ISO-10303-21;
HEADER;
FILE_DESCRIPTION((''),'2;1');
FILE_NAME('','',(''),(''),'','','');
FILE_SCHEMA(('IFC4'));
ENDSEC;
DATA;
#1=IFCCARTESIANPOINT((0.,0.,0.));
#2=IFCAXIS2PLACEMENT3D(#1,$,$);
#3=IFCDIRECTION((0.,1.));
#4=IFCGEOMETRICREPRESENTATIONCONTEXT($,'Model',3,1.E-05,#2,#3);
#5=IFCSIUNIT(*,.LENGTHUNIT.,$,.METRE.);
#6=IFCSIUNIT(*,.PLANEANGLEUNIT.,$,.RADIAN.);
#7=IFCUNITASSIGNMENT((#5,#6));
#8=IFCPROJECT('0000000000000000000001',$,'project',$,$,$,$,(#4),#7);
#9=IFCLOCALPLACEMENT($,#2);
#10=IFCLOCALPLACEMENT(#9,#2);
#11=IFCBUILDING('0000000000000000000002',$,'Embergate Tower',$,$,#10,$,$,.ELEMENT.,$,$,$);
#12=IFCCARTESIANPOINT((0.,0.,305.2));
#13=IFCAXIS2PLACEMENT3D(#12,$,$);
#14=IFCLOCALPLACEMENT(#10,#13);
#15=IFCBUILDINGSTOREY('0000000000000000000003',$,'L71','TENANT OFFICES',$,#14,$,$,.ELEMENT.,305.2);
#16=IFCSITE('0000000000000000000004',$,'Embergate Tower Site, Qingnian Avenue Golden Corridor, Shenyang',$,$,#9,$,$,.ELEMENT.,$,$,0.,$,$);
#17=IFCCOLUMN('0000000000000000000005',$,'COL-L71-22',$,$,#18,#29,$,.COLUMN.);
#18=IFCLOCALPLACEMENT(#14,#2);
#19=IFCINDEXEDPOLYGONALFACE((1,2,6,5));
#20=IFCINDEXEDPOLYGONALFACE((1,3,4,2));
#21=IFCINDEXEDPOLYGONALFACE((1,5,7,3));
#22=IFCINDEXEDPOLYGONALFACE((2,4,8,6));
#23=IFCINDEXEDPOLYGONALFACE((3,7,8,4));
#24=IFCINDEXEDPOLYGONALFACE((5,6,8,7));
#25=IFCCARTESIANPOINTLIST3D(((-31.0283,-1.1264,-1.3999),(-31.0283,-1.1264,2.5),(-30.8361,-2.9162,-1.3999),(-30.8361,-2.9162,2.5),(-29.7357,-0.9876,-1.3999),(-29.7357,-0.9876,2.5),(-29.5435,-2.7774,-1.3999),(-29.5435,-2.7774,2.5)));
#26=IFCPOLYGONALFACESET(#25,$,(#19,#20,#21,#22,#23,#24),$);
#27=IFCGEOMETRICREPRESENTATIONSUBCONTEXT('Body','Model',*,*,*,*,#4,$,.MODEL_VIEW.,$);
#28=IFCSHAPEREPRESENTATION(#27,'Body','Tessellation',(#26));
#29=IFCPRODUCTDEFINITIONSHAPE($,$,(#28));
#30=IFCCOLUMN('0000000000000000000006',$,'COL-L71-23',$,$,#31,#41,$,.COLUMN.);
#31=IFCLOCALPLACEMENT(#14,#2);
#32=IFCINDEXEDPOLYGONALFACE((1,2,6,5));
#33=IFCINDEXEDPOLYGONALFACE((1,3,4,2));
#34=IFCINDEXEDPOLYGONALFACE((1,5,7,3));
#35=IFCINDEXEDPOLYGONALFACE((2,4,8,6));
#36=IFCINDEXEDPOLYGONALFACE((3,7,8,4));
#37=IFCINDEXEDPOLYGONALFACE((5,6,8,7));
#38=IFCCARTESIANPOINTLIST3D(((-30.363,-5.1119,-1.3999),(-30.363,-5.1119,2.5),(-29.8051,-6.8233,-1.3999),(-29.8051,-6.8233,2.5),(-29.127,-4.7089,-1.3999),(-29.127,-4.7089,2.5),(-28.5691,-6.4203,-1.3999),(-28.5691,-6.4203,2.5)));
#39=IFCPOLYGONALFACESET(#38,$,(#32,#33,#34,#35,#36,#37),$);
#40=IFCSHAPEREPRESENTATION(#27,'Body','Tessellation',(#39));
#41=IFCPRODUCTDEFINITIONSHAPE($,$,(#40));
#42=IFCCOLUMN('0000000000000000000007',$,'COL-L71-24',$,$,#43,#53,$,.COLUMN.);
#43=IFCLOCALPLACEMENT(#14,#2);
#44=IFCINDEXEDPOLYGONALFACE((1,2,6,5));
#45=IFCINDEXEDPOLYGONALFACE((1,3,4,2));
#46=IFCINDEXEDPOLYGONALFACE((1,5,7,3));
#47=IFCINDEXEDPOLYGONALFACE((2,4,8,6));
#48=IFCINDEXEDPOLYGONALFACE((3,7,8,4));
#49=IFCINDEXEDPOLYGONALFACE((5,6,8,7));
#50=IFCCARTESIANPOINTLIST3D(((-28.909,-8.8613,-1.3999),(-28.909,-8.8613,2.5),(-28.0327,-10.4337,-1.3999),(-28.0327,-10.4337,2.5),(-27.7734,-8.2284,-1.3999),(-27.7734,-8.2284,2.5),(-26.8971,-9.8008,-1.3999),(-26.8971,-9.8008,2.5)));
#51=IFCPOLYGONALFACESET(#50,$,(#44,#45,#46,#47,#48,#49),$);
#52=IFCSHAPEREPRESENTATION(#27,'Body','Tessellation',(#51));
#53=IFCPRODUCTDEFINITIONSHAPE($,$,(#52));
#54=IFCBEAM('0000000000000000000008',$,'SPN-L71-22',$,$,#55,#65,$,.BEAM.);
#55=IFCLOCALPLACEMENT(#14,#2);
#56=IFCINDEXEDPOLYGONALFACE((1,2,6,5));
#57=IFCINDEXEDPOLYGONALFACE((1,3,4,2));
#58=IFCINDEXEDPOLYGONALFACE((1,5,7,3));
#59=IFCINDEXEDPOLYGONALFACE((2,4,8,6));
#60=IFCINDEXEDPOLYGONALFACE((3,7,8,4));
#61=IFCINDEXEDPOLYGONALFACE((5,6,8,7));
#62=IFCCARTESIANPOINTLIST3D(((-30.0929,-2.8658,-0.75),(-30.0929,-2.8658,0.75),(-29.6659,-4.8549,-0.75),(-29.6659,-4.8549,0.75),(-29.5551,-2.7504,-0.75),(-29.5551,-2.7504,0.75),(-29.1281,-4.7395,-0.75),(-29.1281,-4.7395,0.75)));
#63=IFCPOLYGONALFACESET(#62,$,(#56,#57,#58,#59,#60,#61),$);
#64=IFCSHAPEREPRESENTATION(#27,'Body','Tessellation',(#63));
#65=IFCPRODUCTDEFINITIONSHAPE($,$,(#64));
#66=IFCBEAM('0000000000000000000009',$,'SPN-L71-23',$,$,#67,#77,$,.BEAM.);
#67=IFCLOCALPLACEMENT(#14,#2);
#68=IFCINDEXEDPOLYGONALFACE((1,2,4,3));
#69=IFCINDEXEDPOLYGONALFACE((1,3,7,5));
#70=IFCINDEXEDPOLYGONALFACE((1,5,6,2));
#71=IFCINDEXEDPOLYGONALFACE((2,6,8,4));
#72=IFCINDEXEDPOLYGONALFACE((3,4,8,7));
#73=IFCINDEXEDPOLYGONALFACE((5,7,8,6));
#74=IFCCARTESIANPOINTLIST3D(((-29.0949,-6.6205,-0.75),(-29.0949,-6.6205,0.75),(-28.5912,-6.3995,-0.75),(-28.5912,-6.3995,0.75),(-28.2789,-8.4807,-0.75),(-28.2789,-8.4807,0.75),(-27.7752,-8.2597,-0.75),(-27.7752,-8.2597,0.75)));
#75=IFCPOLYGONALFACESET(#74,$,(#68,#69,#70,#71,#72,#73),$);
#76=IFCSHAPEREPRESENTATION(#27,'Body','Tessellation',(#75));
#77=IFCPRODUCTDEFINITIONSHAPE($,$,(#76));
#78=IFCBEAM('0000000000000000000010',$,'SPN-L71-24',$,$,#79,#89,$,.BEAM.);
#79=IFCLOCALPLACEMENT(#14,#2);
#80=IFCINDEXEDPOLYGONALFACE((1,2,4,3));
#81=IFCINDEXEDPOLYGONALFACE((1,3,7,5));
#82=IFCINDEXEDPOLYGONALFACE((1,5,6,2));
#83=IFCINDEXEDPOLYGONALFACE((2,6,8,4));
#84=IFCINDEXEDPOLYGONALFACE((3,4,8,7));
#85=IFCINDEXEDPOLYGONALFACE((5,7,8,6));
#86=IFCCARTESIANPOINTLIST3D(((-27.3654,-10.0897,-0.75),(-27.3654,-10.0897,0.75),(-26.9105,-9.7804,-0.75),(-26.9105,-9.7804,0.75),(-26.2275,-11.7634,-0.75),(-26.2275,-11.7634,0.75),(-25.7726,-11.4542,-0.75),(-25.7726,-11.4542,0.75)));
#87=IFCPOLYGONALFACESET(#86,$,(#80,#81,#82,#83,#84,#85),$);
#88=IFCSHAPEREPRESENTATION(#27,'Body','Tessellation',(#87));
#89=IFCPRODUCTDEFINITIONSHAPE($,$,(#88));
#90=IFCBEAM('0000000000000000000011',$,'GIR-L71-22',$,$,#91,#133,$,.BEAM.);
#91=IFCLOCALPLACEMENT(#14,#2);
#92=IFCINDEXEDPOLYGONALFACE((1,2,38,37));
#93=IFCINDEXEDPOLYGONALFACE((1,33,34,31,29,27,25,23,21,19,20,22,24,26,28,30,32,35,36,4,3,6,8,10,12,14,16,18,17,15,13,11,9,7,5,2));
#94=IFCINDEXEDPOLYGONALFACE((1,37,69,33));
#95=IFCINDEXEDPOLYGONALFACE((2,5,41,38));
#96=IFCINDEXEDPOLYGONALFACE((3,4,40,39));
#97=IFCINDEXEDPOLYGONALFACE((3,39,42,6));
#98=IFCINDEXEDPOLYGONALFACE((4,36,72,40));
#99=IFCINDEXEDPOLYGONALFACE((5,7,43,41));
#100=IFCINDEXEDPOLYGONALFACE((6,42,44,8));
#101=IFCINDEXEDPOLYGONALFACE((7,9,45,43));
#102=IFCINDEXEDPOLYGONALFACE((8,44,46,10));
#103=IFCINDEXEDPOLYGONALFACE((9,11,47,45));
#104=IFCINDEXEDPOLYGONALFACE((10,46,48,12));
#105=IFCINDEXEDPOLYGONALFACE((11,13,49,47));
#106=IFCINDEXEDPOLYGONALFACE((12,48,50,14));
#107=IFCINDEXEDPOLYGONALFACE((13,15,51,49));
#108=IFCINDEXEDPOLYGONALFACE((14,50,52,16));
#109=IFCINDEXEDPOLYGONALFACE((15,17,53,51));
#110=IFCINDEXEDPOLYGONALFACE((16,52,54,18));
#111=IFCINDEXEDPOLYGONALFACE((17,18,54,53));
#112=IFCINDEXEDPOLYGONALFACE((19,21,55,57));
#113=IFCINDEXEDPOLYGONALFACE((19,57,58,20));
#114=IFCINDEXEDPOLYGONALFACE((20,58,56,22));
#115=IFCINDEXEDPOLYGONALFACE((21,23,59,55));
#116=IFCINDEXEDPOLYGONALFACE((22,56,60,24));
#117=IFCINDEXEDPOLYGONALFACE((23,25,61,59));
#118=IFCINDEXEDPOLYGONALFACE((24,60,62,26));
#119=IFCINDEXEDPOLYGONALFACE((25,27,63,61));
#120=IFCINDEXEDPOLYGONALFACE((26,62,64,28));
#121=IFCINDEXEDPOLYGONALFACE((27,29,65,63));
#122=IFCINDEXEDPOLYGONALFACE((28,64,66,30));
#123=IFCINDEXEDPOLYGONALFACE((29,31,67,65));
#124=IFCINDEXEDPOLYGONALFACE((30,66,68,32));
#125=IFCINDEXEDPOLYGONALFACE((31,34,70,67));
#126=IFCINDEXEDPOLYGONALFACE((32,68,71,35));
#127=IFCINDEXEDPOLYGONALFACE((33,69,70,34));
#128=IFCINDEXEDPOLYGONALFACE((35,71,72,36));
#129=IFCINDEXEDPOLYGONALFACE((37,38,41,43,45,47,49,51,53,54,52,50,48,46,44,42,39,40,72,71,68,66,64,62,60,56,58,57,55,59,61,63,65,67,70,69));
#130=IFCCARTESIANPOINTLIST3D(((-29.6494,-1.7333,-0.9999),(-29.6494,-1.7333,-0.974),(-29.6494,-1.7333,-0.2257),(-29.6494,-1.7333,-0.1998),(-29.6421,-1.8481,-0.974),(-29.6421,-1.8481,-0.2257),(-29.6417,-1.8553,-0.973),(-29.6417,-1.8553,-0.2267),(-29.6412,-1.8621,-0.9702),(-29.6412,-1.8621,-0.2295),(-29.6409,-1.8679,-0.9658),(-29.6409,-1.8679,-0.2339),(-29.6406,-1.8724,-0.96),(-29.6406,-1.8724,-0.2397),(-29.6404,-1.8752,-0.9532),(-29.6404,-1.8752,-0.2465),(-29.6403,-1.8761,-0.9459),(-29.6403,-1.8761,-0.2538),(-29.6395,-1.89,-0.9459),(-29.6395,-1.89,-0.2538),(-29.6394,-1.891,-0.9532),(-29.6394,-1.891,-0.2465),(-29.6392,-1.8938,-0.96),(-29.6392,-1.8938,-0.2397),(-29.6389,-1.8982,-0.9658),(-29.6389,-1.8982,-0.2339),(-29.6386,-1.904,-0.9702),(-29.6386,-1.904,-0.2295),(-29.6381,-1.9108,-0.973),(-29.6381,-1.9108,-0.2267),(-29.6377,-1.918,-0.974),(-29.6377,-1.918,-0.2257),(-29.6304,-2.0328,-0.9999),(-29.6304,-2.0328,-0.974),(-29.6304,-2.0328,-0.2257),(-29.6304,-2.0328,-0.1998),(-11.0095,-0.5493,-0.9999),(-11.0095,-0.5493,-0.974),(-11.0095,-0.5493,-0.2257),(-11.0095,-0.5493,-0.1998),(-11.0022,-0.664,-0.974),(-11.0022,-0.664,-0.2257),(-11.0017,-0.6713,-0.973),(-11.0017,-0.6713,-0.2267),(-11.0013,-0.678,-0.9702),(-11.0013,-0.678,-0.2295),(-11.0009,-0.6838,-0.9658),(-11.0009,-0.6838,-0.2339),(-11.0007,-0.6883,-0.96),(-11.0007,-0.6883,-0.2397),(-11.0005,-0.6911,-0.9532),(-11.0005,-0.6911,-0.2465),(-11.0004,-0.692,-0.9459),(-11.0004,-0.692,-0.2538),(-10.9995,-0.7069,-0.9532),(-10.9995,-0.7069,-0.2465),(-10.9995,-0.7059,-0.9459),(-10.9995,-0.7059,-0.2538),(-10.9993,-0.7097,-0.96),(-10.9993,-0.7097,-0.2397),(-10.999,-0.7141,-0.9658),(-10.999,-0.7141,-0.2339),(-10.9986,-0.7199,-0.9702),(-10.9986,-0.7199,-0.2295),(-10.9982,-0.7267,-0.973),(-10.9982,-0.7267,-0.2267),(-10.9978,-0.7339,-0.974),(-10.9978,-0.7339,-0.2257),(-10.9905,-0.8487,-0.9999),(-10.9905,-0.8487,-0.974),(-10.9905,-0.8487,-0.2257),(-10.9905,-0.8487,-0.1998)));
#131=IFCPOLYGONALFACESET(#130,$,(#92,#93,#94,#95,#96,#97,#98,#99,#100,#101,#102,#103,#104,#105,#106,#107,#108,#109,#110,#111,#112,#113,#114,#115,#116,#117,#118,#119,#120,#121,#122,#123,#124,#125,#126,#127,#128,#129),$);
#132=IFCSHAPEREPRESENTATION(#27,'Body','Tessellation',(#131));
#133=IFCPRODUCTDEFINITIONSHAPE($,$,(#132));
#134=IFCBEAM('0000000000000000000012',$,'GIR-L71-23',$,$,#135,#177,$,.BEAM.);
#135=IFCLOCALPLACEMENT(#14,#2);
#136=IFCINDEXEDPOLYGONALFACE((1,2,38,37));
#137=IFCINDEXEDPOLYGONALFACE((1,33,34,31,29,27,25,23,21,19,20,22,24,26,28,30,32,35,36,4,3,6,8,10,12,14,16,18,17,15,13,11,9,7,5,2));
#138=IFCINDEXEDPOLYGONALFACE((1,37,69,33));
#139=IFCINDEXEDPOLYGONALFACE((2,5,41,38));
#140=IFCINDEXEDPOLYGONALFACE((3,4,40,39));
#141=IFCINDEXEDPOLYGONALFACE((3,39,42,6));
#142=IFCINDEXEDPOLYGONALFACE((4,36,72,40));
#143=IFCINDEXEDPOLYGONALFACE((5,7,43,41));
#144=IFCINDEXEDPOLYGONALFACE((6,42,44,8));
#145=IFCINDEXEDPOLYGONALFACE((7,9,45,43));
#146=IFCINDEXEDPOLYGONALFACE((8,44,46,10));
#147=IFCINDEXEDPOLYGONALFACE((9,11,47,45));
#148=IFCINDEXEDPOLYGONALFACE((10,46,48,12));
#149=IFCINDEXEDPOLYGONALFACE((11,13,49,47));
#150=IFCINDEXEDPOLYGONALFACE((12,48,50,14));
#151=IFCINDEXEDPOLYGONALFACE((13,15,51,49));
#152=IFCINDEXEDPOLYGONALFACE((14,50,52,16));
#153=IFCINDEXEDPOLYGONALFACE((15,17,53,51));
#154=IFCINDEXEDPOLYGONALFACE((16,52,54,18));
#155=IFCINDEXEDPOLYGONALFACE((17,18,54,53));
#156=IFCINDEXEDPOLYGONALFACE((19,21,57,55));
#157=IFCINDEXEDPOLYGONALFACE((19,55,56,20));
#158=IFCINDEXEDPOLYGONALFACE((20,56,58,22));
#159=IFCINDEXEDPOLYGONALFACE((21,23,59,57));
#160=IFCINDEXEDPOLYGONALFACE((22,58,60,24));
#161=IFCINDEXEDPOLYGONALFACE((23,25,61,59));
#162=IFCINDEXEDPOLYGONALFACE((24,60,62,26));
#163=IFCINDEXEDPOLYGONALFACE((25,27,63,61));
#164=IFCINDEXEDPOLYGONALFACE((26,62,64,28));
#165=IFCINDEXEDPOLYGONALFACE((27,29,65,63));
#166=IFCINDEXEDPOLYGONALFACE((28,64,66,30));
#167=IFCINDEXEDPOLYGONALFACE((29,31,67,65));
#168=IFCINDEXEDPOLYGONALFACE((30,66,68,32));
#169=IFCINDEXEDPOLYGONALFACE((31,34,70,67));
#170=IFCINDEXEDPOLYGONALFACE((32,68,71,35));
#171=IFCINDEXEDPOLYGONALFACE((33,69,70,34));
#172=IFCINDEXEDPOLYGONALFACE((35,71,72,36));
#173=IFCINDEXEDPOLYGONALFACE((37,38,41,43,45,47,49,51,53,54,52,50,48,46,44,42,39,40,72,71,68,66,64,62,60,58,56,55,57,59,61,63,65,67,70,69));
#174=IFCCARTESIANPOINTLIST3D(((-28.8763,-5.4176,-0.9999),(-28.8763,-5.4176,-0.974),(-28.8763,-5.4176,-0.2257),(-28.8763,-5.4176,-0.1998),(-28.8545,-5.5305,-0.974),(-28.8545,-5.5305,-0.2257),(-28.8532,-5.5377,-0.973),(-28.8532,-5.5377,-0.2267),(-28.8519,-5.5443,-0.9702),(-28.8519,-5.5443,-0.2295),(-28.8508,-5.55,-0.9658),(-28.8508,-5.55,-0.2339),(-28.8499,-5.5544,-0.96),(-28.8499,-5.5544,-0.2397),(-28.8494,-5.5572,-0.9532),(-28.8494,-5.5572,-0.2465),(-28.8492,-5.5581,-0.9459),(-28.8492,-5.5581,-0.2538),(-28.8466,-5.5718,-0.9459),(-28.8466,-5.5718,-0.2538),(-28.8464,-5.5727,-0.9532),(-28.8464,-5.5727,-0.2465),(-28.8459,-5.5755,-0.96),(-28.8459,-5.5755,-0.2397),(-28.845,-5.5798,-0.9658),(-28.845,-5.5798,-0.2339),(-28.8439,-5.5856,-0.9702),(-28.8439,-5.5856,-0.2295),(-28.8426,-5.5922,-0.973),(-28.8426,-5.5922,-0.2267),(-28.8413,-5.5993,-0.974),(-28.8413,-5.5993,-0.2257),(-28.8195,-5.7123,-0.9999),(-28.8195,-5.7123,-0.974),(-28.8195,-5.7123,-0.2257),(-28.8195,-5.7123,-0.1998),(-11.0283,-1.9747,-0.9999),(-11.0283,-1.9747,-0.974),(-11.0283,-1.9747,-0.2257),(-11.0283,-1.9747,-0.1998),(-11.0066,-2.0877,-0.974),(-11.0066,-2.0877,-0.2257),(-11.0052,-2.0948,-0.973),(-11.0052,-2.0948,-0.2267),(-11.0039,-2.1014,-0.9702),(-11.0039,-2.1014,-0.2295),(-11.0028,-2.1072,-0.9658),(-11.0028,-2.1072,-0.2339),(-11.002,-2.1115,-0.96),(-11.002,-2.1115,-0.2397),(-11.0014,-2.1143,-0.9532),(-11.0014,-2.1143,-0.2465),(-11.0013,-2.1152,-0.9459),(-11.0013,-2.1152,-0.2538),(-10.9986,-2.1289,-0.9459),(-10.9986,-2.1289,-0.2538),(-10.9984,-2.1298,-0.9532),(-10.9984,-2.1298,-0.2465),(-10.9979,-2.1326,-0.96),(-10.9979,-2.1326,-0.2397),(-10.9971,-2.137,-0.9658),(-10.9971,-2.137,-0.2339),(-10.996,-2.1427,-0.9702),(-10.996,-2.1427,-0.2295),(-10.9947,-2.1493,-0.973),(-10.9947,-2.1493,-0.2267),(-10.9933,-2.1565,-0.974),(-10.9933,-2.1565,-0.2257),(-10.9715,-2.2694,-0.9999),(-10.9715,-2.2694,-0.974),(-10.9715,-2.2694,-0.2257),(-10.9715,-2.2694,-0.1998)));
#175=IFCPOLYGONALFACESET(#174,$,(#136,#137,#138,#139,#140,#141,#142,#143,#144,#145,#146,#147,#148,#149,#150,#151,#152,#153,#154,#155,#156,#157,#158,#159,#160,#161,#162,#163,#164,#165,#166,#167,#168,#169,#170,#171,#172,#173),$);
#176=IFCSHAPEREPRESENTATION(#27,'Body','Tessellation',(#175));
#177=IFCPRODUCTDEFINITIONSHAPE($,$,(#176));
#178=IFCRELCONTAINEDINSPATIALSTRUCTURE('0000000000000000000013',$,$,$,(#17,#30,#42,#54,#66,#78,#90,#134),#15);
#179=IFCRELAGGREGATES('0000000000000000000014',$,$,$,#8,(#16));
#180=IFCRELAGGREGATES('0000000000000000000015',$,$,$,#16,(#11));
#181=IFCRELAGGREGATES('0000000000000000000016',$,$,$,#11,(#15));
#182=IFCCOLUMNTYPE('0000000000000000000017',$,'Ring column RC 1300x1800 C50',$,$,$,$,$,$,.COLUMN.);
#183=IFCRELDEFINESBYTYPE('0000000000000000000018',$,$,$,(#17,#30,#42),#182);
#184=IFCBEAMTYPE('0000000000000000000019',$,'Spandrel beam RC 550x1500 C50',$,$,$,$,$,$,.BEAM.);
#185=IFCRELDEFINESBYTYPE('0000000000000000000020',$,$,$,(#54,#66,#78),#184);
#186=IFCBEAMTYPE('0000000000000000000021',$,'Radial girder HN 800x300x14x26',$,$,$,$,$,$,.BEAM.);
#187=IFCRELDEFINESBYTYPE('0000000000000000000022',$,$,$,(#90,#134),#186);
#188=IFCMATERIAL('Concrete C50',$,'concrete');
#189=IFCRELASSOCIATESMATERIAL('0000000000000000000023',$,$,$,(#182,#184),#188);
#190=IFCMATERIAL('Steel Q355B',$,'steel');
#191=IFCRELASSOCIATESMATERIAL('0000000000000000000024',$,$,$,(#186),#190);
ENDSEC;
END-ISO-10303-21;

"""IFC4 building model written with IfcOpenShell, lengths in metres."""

from ifc_helpers import new_model, si_unit, direction, frame, origin, origin_2d, place, context, subcontext, project, spatial, rectangle, i_section, extrude, source, transform, mapped, material, material_profile, profile_set, type_object, element, save


model = new_model("IFC4")

# Units and contexts
model_context = context("Model", 3, precision=1e-05, world=origin(), true_north=direction((0.0, 1.0)))
body_context = subcontext(model_context, "Body", "Model", "MODEL_VIEW")
ifc_project = project(units=[si_unit("LENGTHUNIT", "METRE"), si_unit("PLANEANGLEUNIT", "RADIAN")], contexts=[model_context])

# Site, building, storey
site_placement = place(None, origin())
site = spatial("IfcSite", under=ifc_project, at=site_placement, Name="Embergate Tower Site, Qingnian Avenue Golden Corridor, Shenyang", CompositionType="ELEMENT", RefElevation=0.0)
building_placement = place(site_placement, origin())
building = spatial("IfcBuilding", under=site, at=building_placement, Name="Embergate Tower", CompositionType="ELEMENT")
storey_placement = place(building_placement, frame((0.0, 0.0, 305.2)))
storey = spatial("IfcBuildingStorey", under=building, at=storey_placement, Name="L71", Description="TENANT OFFICES", CompositionType="ELEMENT", Elevation=305.2)

# Columns
ifc_material_1 = material(Name="Concrete C50", Category="concrete")
ifc_material_profile_1 = material_profile(ifc_material_1, rectangle(XDim=1.3, YDim=1.8, at=origin_2d()), Name="RC 1300x1800")
ifc_profile_set_1 = profile_set([ifc_material_profile_1], Name="Concrete C50")
column_type = type_object("IfcColumnType", Name="Ring column RC 1300x1800 C50", PredefinedType="COLUMN", material=ifc_profile_set_1)
shared_shape_1 = source(origin(), body_context, "Body", "SweptSolid", [
    extrude(rectangle(XDim=1.3, YDim=1.8, at=origin_2d()), origin(), (0.0, 0.0, 1.0), 3.8999),
])
for number, where, z_axis, x_axis, name in (
    (1, (-30.2859, -1.9519, -1.3999), (0.0, 0.0, 1.0), (-0.994286, -0.10675, 0.0), "COL-L71-22"),
    (2, (-29.4661, -5.7661, -1.3999), (0.0, 0.0, 1.0), (-0.950754, -0.309946, 0.0), "COL-L71-23"),
    (3, (-27.9031, -9.3311, -1.3999), (0.0, 0.0, 1.0), (-0.8735, -0.486823, 0.0), "COL-L71-24"),
):
    element("IfcColumn", number, at=place(storey_placement, frame(where, z_axis=z_axis, x_axis=x_axis)), inside=storey, type_object=column_type, Name=name, PredefinedType="COLUMN", context=body_context, shape_type="MappedRepresentation", body=[
        mapped(shared_shape_1, transform((0.0, 0.0, 0.0))),
    ])

# Beams
ifc_material_profile_2 = material_profile(ifc_material_1, rectangle(XDim=0.55, YDim=1.5, at=origin_2d()), Name="RC 550x1500")
ifc_profile_set_2 = profile_set([ifc_material_profile_2], Name="Concrete C50")
beam_type_1 = type_object("IfcBeamType", Name="Spandrel beam RC 550x1500 C50", PredefinedType="BEAM", material=ifc_profile_set_2)
shared_shape_2 = source(origin(), body_context, "Body", "SweptSolid", [
    extrude(rectangle(XDim=0.55, YDim=1.5, at=origin_2d()), origin(), (0.0, 0.0, 1.0), 2.0344),
])
beam_1_placement = place(storey_placement, frame((-29.824, -2.8081, 0.0), z_axis=(0.209898, -0.977723, 0.0), x_axis=(0.977723, 0.209898, 0.0)))
element("IfcBeam", 4, at=beam_1_placement, inside=storey, type_object=beam_type_1, Name="SPN-L71-22", PredefinedType="BEAM", context=body_context, shape_type="MappedRepresentation", body=[
    mapped(shared_shape_2, transform((0.0, 0.0, 0.0))),
])
shared_shape_3 = source(origin(), body_context, "Body", "SweptSolid", [
    extrude(rectangle(XDim=0.55, YDim=1.5, at=origin_2d()), origin(), (0.0, 0.0, 1.0), 2.0312),
])
beam_2_placement = place(storey_placement, frame((-28.843, -6.51, 0.0), z_axis=(0.401695, -0.915773, 0.0), x_axis=(0.915773, 0.401695, 0.0)))
element("IfcBeam", 5, at=beam_2_placement, inside=storey, type_object=beam_type_1, Name="SPN-L71-23", PredefinedType="BEAM", context=body_context, shape_type="MappedRepresentation", body=[
    mapped(shared_shape_3, transform((0.0, 0.0, 0.0))),
])
shared_shape_4 = source(origin(), body_context, "Body", "SweptSolid", [
    extrude(rectangle(XDim=0.55, YDim=1.5, at=origin_2d()), origin(), (0.0, 0.0, 1.0), 2.0239),
])
beam_3_placement = place(storey_placement, frame((-27.1379, -9.9351, 0.0), z_axis=(0.562221, -0.826987, 0.0), x_axis=(0.826987, 0.562221, 0.0)))
element("IfcBeam", 6, at=beam_3_placement, inside=storey, type_object=beam_type_1, Name="SPN-L71-24", PredefinedType="BEAM", context=body_context, shape_type="MappedRepresentation", body=[
    mapped(shared_shape_4, transform((0.0, 0.0, 0.0))),
])
ifc_material_2 = material(Name="Steel Q355B", Category="steel")
ifc_material_profile_3 = material_profile(ifc_material_2, i_section(OverallWidth=0.3, OverallDepth=0.8, WebThickness=0.0139, FlangeThickness=0.0259, FilletRadius=0.0281, at=origin_2d()), Name="HN 800x300x14x26")
ifc_profile_set_3 = profile_set([ifc_material_profile_3], Name="Steel Q355 grade B")
beam_type_2 = type_object("IfcBeamType", Name="Radial girder HN 800x300x14x26", PredefinedType="BEAM", material=ifc_profile_set_3)
shared_shape_5 = source(origin(), body_context, "Body", "SweptSolid", [
    extrude(i_section(OverallWidth=0.3, OverallDepth=0.8, WebThickness=0.0139, FlangeThickness=0.0259, FilletRadius=0.0281, at=origin_2d()), origin(), (0.0, 0.0, 1.0), 18.6775),
])
beam_4_placement = place(storey_placement, frame((-29.6399, -1.8831, -0.5999), z_axis=(0.997988, 0.063396, 0.0), x_axis=(-0.063396, 0.997988, 0.0)))
element("IfcBeam", 7, at=beam_4_placement, inside=storey, type_object=beam_type_2, Name="GIR-L71-22", PredefinedType="BEAM", context=body_context, shape_type="MappedRepresentation", body=[
    mapped(shared_shape_5, transform((0.0, 0.0, 0.0))),
])
shared_shape_6 = source(origin(), body_context, "Body", "SweptSolid", [
    extrude(i_section(OverallWidth=0.3, OverallDepth=0.8, WebThickness=0.0139, FlangeThickness=0.0259, FilletRadius=0.0281, at=origin_2d()), origin(), (0.0, 0.0, 1.0), 18.177),
])
beam_5_placement = place(storey_placement, frame((-28.8479, -5.5649, -0.5999), z_axis=(0.981898, 0.189409, 0.0), x_axis=(-0.189409, 0.981898, 0.0)))
element("IfcBeam", 8, at=beam_5_placement, inside=storey, type_object=beam_type_2, Name="GIR-L71-23", PredefinedType="BEAM", context=body_context, shape_type="MappedRepresentation", body=[
    mapped(shared_shape_6, transform((0.0, 0.0, 0.0))),
])

save(model, "model.ifc")
